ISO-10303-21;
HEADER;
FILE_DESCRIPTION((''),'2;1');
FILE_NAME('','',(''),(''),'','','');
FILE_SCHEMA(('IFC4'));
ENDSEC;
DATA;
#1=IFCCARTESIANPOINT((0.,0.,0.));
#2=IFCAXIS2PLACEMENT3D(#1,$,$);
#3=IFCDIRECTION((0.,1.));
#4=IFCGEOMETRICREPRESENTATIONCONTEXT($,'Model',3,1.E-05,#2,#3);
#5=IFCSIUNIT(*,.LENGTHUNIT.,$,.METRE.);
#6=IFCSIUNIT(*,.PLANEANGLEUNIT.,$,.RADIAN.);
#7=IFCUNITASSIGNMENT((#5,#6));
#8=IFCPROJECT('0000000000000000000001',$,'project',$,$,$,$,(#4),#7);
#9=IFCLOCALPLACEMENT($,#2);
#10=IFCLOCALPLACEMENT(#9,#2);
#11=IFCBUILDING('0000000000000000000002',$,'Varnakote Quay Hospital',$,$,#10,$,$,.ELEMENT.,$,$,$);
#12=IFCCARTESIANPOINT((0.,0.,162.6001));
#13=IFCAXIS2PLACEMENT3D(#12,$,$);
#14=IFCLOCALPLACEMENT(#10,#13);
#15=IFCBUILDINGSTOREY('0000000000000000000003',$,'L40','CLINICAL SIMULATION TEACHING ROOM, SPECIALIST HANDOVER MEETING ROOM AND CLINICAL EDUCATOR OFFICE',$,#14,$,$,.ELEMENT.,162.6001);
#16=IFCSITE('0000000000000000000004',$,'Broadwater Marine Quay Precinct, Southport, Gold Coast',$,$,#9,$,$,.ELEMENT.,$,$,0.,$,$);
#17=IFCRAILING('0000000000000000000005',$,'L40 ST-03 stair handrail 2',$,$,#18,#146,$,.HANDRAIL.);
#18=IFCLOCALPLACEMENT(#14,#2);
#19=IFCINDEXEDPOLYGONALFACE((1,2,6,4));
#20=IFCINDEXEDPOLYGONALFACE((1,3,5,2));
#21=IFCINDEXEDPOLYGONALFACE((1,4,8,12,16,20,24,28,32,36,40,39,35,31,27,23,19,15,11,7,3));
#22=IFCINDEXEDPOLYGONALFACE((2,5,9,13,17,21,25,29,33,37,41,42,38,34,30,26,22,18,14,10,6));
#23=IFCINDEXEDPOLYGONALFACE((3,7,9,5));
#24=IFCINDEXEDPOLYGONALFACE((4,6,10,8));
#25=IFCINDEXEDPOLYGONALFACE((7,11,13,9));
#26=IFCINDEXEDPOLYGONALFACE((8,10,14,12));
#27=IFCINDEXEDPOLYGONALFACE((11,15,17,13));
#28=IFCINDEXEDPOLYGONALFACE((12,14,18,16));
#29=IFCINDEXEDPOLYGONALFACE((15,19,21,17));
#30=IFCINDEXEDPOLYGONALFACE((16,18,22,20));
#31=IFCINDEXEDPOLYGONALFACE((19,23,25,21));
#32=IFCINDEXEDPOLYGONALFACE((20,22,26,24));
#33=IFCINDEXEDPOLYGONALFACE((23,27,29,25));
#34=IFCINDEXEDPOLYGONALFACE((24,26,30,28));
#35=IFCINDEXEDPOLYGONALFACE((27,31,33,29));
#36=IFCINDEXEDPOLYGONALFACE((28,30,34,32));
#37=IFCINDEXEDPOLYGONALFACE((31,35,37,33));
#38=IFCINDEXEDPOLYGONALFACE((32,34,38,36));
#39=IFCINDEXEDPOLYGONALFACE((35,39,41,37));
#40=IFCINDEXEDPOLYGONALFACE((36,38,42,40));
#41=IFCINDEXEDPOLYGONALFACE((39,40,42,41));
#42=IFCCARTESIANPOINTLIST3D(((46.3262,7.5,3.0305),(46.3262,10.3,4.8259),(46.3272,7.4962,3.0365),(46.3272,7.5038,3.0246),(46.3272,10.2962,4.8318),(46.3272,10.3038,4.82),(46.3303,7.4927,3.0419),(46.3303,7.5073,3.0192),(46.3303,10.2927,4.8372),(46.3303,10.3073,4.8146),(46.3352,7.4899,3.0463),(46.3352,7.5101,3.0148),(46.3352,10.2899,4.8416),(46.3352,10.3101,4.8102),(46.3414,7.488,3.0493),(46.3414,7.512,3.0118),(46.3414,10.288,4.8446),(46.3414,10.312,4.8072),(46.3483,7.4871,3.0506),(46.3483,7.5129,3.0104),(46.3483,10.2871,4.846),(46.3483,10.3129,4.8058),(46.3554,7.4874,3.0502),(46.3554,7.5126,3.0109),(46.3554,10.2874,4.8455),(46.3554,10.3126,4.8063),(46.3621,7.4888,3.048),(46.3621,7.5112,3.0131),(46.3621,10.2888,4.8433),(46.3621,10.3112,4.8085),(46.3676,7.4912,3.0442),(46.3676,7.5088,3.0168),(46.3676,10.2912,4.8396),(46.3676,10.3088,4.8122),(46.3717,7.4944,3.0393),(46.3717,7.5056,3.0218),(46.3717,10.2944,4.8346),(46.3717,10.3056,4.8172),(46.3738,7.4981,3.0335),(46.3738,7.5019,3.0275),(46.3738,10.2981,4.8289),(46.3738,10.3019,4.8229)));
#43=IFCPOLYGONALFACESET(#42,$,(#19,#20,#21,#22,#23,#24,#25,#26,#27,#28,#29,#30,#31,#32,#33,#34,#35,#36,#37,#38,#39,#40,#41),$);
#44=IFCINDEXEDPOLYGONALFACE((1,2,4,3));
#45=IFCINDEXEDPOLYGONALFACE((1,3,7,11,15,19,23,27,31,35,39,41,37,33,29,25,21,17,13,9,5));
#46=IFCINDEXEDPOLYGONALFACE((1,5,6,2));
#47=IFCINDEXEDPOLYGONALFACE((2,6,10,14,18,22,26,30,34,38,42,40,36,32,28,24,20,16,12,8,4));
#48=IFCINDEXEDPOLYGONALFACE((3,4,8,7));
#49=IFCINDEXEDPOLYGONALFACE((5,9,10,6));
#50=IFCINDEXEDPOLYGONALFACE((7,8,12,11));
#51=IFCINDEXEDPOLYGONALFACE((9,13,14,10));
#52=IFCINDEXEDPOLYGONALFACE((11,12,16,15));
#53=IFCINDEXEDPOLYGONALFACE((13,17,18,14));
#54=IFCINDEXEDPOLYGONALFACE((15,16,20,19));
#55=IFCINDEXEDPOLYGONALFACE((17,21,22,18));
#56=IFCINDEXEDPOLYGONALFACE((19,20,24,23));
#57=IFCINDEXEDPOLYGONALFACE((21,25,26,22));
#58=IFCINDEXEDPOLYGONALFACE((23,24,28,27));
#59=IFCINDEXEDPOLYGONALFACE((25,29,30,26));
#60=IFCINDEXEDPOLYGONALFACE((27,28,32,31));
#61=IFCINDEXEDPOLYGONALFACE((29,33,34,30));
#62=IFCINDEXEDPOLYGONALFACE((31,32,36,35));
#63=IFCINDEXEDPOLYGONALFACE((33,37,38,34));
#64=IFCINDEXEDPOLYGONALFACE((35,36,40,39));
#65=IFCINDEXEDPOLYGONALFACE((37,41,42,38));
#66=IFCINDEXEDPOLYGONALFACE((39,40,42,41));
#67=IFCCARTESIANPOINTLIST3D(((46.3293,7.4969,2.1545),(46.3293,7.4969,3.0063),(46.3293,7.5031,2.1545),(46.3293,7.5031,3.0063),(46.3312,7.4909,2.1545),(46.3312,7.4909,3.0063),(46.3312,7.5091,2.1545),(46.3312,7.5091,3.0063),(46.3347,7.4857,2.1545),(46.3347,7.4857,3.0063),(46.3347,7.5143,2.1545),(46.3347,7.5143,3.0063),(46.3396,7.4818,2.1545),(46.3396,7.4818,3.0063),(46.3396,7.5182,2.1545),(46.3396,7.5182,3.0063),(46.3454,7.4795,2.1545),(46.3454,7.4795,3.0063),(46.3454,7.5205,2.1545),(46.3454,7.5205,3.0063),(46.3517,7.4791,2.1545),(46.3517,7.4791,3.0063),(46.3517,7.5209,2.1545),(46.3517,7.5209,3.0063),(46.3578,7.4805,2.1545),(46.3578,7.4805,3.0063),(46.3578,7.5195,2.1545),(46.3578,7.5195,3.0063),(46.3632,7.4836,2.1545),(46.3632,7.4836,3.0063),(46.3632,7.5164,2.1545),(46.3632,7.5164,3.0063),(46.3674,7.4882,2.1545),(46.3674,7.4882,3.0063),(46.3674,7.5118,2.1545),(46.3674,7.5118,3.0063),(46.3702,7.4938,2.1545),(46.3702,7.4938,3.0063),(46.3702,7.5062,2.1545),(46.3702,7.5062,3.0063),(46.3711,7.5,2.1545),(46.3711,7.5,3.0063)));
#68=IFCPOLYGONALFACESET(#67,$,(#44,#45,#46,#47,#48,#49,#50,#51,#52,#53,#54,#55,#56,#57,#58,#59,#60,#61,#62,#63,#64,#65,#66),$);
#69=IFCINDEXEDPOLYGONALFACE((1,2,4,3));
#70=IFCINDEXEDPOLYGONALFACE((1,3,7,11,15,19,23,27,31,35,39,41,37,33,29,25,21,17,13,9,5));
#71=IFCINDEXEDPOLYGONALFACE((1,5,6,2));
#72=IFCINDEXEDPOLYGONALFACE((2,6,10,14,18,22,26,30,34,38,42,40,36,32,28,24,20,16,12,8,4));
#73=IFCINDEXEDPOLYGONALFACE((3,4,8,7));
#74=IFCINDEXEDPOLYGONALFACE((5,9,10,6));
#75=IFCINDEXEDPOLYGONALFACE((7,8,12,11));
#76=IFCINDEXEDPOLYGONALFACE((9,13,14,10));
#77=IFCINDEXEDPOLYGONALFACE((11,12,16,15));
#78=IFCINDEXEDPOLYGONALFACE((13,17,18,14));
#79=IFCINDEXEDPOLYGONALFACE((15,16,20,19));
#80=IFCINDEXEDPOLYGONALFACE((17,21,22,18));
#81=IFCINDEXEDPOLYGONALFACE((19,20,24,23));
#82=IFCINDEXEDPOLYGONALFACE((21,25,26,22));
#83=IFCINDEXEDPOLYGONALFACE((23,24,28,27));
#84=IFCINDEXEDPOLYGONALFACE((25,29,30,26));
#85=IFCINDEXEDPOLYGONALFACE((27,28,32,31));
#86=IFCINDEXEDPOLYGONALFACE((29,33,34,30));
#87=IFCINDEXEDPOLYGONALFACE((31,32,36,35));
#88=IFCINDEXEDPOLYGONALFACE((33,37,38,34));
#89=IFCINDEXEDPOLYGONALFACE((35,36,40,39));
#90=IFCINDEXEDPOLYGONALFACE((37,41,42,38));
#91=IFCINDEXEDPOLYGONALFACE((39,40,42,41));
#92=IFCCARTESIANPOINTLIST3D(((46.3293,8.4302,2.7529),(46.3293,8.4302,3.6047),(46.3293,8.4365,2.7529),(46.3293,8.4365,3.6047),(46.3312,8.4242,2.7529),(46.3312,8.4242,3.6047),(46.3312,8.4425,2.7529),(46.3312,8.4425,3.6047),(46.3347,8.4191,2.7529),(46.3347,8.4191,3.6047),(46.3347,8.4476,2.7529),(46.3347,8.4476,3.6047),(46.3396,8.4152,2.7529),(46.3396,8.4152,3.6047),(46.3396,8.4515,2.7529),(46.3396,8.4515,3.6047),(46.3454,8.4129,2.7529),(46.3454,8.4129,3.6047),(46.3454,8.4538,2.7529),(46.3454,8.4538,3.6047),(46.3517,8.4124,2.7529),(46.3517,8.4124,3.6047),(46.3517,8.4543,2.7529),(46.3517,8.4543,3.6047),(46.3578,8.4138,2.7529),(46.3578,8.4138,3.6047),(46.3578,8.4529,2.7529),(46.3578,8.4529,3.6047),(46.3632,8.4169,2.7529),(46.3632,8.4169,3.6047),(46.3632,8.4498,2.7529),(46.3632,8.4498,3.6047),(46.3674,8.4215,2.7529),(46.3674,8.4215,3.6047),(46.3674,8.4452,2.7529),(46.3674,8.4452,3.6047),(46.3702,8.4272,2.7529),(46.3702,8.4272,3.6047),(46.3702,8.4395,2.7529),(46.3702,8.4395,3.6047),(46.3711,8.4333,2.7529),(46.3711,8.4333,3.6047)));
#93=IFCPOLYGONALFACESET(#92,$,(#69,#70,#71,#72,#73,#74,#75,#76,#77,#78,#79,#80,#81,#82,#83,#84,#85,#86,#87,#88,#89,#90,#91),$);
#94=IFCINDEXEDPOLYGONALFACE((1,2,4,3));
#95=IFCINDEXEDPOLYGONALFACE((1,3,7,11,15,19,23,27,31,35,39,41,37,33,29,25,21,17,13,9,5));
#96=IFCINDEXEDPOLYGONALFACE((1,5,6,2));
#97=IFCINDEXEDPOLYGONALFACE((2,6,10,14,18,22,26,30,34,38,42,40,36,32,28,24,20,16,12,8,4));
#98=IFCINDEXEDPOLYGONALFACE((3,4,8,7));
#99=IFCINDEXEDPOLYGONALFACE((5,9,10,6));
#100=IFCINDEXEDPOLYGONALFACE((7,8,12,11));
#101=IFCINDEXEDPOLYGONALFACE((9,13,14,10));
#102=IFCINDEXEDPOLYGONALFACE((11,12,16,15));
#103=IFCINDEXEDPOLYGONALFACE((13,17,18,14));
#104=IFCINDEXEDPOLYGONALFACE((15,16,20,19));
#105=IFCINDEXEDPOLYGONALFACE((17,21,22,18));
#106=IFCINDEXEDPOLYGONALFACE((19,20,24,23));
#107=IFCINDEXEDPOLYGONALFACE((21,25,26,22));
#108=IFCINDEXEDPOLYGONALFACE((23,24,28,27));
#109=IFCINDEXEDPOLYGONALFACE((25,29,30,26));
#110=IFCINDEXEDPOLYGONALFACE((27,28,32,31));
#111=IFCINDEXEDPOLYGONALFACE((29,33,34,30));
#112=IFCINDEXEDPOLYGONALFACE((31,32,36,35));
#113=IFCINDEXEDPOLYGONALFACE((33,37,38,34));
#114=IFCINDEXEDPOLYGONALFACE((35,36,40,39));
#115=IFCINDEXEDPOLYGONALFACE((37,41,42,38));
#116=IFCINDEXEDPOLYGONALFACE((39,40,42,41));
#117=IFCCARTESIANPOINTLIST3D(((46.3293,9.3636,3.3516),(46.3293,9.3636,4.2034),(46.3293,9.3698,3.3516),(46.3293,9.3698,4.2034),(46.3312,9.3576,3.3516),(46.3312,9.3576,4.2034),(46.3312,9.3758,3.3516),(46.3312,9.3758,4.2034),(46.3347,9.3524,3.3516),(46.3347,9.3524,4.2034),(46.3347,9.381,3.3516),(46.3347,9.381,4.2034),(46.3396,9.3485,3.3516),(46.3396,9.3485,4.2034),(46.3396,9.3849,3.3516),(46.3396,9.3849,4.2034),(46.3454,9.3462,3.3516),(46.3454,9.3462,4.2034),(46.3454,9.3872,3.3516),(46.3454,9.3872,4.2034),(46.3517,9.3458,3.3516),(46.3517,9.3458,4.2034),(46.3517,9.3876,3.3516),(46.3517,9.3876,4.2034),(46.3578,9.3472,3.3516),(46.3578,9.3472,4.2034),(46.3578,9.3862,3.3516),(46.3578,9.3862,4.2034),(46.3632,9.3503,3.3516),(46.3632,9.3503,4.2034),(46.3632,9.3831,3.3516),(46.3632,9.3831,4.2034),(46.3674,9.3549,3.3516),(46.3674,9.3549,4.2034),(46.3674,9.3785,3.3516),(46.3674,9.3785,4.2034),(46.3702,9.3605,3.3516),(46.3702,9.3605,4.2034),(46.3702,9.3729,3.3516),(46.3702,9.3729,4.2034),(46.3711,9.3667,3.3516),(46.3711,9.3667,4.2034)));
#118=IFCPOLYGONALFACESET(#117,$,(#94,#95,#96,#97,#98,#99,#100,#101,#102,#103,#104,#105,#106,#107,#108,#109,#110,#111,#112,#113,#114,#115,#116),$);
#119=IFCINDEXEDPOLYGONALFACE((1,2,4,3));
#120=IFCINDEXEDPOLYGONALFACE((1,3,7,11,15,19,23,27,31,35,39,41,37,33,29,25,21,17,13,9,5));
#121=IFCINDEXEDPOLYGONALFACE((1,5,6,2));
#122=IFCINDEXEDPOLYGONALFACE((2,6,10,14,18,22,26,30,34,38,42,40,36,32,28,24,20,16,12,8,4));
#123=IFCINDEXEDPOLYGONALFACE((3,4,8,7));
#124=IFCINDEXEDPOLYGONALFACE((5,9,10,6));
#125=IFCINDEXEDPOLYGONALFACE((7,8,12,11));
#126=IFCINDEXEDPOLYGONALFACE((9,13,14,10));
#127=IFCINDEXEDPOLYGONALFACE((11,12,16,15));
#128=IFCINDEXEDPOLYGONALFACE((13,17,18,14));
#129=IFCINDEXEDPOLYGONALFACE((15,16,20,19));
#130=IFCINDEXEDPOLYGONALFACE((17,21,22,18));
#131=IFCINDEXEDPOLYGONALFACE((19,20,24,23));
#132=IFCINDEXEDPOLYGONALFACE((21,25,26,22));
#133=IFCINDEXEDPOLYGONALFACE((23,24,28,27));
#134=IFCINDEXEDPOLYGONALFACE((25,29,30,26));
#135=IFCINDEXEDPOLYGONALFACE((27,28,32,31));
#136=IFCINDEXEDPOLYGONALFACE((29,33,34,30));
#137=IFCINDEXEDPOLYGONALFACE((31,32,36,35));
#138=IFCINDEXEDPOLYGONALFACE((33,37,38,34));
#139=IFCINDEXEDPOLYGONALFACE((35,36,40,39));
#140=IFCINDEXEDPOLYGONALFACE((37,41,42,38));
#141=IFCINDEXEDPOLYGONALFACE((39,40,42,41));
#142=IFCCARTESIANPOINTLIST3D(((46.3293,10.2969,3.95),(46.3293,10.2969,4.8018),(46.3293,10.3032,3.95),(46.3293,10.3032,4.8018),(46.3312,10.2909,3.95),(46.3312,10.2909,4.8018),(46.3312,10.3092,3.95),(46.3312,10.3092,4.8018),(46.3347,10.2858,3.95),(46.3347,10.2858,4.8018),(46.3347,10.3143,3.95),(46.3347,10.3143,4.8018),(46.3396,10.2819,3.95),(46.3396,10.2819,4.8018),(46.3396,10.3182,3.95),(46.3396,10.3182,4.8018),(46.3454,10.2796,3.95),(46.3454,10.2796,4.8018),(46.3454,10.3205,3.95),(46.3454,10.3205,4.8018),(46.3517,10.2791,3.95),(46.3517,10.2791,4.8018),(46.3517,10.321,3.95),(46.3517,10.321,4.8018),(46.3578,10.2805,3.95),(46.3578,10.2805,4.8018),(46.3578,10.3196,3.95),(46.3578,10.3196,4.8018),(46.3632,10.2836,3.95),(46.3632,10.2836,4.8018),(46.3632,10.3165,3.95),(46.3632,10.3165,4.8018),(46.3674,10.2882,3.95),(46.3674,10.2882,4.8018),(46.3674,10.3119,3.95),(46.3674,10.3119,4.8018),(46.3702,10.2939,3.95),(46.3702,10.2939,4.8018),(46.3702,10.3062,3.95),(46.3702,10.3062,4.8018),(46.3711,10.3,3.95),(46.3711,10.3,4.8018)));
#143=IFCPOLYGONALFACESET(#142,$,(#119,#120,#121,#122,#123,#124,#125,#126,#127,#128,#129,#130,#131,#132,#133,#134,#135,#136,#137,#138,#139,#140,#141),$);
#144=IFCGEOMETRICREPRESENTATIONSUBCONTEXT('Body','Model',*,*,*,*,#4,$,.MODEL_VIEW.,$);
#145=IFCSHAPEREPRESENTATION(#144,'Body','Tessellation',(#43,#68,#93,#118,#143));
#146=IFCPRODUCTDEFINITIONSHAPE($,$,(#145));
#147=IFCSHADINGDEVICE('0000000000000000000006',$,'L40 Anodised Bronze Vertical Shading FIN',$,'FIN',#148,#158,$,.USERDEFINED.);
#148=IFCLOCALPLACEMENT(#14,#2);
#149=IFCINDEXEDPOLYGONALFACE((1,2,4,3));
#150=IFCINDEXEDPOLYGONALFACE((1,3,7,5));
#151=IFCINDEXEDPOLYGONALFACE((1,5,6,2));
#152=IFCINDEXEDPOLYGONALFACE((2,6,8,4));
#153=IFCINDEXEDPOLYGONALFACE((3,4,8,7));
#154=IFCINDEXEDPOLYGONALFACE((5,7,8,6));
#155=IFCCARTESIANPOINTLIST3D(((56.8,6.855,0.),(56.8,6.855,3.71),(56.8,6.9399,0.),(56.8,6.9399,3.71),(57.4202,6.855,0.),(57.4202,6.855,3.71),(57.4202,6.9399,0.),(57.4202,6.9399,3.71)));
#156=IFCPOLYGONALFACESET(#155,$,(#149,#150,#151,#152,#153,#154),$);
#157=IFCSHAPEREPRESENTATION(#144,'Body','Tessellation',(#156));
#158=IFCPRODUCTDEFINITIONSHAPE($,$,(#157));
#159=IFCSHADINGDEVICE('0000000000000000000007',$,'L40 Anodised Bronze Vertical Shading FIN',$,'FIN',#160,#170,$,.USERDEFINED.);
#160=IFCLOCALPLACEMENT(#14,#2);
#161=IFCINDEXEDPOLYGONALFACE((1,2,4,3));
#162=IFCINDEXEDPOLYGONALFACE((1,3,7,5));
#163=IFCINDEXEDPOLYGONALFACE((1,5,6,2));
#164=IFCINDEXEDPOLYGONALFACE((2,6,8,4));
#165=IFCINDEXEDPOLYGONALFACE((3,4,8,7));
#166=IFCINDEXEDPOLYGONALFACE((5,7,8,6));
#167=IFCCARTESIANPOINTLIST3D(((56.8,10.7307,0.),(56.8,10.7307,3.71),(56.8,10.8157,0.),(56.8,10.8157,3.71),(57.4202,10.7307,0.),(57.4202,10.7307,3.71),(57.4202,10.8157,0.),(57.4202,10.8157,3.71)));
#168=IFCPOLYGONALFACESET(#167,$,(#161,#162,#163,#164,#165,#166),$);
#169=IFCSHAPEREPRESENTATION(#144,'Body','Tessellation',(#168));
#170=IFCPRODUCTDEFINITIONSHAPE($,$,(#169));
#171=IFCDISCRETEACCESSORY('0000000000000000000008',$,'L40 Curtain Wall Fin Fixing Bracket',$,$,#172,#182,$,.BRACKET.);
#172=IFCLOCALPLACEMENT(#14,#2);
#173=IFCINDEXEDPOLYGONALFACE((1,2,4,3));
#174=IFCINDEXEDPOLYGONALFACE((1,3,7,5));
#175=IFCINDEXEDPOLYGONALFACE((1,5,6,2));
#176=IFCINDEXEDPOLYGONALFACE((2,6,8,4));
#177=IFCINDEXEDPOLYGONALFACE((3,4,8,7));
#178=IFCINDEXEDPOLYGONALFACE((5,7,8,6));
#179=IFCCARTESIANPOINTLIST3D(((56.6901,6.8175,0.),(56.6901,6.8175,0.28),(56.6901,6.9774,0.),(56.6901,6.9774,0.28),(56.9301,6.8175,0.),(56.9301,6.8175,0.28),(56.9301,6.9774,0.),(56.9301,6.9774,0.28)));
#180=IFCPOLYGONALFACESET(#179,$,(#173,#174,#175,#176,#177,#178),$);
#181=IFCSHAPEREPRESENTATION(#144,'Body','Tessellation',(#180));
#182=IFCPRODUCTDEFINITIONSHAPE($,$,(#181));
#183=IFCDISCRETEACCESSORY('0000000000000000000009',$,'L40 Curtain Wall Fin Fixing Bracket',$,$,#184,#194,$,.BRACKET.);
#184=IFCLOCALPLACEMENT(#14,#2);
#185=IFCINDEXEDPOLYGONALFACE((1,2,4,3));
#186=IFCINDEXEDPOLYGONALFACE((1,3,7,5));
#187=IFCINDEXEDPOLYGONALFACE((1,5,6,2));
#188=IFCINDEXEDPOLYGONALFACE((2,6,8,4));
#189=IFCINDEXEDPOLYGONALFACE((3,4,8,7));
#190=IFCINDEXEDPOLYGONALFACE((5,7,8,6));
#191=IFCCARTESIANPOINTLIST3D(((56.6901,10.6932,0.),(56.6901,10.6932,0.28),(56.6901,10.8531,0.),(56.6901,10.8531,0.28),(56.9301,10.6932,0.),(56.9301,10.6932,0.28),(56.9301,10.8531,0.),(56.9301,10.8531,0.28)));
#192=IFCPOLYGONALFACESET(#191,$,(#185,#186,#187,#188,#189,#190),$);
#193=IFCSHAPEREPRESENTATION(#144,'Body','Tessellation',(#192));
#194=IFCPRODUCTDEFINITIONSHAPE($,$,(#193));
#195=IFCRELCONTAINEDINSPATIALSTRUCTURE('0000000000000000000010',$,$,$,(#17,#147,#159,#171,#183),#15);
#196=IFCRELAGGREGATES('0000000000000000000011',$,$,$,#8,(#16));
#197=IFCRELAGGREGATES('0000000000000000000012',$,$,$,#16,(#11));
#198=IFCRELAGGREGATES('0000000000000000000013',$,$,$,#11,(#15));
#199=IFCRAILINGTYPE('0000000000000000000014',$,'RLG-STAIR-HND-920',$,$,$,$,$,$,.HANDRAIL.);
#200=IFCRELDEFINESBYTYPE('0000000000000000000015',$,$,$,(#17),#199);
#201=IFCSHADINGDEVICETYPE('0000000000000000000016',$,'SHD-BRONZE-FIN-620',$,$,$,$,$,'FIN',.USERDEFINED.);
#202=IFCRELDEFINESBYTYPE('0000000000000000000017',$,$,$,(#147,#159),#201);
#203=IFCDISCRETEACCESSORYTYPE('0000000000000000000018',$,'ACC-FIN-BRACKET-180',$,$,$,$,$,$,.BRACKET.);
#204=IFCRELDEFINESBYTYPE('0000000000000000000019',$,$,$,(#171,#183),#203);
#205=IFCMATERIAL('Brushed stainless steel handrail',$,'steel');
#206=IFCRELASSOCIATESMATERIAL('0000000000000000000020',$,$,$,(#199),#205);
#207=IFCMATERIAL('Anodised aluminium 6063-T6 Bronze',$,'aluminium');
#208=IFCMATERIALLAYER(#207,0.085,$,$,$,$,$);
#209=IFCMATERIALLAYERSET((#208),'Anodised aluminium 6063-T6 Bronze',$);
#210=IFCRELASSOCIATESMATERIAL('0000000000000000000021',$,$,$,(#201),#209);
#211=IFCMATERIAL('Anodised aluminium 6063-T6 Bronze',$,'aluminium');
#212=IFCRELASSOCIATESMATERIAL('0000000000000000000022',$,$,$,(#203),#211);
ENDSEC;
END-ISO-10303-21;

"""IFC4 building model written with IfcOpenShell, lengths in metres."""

from ifc_helpers import new_model, si_unit, direction, frame, origin, origin_2d, place, context, subcontext, project, spatial, rectangle, circle, extrude, material, layer, layer_set, type_object, element, save


model = new_model("IFC4")

# Units and contexts
model_context = context("Model", 3, precision=1e-05, world=origin(), true_north=direction((0.0, 1.0)))
body_context = subcontext(model_context, "Body", "Model", "MODEL_VIEW")
ifc_project = project(units=[si_unit("LENGTHUNIT", "METRE"), si_unit("PLANEANGLEUNIT", "RADIAN")], contexts=[model_context])

# Site, building, storey
site_placement = place(None, origin())
site = spatial("IfcSite", under=ifc_project, at=site_placement, Name="Broadwater Marine Quay Precinct, Southport, Gold Coast", CompositionType="ELEMENT", RefElevation=0.0)
building_placement = place(site_placement, origin())
building = spatial("IfcBuilding", under=site, at=building_placement, Name="Varnakote Quay Hospital", CompositionType="ELEMENT")
storey_placement = place(building_placement, frame((0.0, 0.0, 162.6001)))
storey = spatial("IfcBuildingStorey", under=building, at=storey_placement, Name="L40", Description="CLINICAL SIMULATION TEACHING ROOM, SPECIALIST HANDOVER MEETING ROOM AND CLINICAL EDUCATOR OFFICE", CompositionType="ELEMENT", Elevation=162.6001)

# Railing
ifc_material_1 = material(Name="Brushed stainless steel handrail", Category="steel")
railing_type = type_object("IfcRailingType", Name="RLG-STAIR-HND-920", PredefinedType="HANDRAIL", material=ifc_material_1)
railing_placement = place(storey_placement, frame((46.3501, 7.5, 2.1545)))
element("IfcRailing", 1, at=railing_placement, inside=storey, type_object=railing_type, Name="L40 ST-03 stair handrail 2", PredefinedType="HANDRAIL", context=body_context, shape_type="SweptSolid", body=[
    extrude(circle(Radius=0.0239, at=origin_2d()), frame((0.0, 0.0, 0.876), z_axis=(0.0, 0.84181, 0.539774), x_axis=(-1.0, 0.0, 0.0)), (0.0, 0.0, 1.0), 3.3262),
    extrude(circle(Radius=0.021, at=origin_2d()), origin(), (0.0, 0.0, 1.0), 0.8518),
    extrude(circle(Radius=0.021, at=origin_2d()), frame((0.0, 0.9333, 0.5984)), (0.0, 0.0, 1.0), 0.8518),
    extrude(circle(Radius=0.021, at=origin_2d()), frame((0.0, 1.8667, 1.197)), (0.0, 0.0, 1.0), 0.8518),
    extrude(circle(Radius=0.021, at=origin_2d()), frame((0.0, 2.8, 1.7954)), (0.0, 0.0, 1.0), 0.8518),
])

# Shading devices
ifc_material_2 = material(Name="Anodised aluminium 6063-T6 Bronze", Category="aluminium")
ifc_layer_1 = layer(ifc_material_2, 0.085)
ifc_layer_set_1 = layer_set([ifc_layer_1], Name="Anodised aluminium 6063-T6 Bronze")
shading_device_type = type_object("IfcShadingDeviceType", Name="SHD-BRONZE-FIN-620", ElementType="FIN", PredefinedType="USERDEFINED", material=ifc_layer_set_1)
for number, where, z_axis, x_axis, name in (
    (2, (57.1101, 6.8975, 0.0), (0.0, 0.0, 1.0), (-1.0, 0.0, 0.0), "L40 Anodised Bronze Vertical Shading FIN"),
    (3, (57.1101, 10.7732, 0.0), (0.0, 0.0, 1.0), (-1.0, 0.0, 0.0), "L40 Anodised Bronze Vertical Shading FIN"),
):
    element("IfcShadingDevice", number, at=place(storey_placement, frame(where, z_axis=z_axis, x_axis=x_axis)), inside=storey, type_object=shading_device_type, Name=name, ObjectType="FIN", PredefinedType="USERDEFINED", context=body_context, shape_type="SweptSolid", body=[
        extrude(rectangle(XDim=0.6201, YDim=0.085, at=origin_2d()), origin(), (0.0, 0.0, 1.0), 3.71),
    ])

# Discrete accessories
ifc_material_3 = material(Name="Anodised aluminium 6063-T6 Bronze", Category="aluminium")
discrete_accessory_type = type_object("IfcDiscreteAccessoryType", Name="ACC-FIN-BRACKET-180", PredefinedType="BRACKET", material=ifc_material_3)
for number, where, z_axis, x_axis, name in (
    (4, (56.8101, 6.8975, 0.0), (0.0, 0.0, 1.0), (0.0, 1.0, 0.0), "L40 Curtain Wall Fin Fixing Bracket"),
    (5, (56.8101, 10.7732, 0.0), (0.0, 0.0, 1.0), (0.0, 1.0, 0.0), "L40 Curtain Wall Fin Fixing Bracket"),
):
    element("IfcDiscreteAccessory", number, at=place(storey_placement, frame(where, z_axis=z_axis, x_axis=x_axis)), inside=storey, type_object=discrete_accessory_type, Name=name, PredefinedType="BRACKET", context=body_context, shape_type="SweptSolid", body=[
        extrude(rectangle(XDim=0.1599, YDim=0.24, at=origin_2d()), origin(), (0.0, 0.0, 1.0), 0.28),
    ])

save(model, "model.ifc")
